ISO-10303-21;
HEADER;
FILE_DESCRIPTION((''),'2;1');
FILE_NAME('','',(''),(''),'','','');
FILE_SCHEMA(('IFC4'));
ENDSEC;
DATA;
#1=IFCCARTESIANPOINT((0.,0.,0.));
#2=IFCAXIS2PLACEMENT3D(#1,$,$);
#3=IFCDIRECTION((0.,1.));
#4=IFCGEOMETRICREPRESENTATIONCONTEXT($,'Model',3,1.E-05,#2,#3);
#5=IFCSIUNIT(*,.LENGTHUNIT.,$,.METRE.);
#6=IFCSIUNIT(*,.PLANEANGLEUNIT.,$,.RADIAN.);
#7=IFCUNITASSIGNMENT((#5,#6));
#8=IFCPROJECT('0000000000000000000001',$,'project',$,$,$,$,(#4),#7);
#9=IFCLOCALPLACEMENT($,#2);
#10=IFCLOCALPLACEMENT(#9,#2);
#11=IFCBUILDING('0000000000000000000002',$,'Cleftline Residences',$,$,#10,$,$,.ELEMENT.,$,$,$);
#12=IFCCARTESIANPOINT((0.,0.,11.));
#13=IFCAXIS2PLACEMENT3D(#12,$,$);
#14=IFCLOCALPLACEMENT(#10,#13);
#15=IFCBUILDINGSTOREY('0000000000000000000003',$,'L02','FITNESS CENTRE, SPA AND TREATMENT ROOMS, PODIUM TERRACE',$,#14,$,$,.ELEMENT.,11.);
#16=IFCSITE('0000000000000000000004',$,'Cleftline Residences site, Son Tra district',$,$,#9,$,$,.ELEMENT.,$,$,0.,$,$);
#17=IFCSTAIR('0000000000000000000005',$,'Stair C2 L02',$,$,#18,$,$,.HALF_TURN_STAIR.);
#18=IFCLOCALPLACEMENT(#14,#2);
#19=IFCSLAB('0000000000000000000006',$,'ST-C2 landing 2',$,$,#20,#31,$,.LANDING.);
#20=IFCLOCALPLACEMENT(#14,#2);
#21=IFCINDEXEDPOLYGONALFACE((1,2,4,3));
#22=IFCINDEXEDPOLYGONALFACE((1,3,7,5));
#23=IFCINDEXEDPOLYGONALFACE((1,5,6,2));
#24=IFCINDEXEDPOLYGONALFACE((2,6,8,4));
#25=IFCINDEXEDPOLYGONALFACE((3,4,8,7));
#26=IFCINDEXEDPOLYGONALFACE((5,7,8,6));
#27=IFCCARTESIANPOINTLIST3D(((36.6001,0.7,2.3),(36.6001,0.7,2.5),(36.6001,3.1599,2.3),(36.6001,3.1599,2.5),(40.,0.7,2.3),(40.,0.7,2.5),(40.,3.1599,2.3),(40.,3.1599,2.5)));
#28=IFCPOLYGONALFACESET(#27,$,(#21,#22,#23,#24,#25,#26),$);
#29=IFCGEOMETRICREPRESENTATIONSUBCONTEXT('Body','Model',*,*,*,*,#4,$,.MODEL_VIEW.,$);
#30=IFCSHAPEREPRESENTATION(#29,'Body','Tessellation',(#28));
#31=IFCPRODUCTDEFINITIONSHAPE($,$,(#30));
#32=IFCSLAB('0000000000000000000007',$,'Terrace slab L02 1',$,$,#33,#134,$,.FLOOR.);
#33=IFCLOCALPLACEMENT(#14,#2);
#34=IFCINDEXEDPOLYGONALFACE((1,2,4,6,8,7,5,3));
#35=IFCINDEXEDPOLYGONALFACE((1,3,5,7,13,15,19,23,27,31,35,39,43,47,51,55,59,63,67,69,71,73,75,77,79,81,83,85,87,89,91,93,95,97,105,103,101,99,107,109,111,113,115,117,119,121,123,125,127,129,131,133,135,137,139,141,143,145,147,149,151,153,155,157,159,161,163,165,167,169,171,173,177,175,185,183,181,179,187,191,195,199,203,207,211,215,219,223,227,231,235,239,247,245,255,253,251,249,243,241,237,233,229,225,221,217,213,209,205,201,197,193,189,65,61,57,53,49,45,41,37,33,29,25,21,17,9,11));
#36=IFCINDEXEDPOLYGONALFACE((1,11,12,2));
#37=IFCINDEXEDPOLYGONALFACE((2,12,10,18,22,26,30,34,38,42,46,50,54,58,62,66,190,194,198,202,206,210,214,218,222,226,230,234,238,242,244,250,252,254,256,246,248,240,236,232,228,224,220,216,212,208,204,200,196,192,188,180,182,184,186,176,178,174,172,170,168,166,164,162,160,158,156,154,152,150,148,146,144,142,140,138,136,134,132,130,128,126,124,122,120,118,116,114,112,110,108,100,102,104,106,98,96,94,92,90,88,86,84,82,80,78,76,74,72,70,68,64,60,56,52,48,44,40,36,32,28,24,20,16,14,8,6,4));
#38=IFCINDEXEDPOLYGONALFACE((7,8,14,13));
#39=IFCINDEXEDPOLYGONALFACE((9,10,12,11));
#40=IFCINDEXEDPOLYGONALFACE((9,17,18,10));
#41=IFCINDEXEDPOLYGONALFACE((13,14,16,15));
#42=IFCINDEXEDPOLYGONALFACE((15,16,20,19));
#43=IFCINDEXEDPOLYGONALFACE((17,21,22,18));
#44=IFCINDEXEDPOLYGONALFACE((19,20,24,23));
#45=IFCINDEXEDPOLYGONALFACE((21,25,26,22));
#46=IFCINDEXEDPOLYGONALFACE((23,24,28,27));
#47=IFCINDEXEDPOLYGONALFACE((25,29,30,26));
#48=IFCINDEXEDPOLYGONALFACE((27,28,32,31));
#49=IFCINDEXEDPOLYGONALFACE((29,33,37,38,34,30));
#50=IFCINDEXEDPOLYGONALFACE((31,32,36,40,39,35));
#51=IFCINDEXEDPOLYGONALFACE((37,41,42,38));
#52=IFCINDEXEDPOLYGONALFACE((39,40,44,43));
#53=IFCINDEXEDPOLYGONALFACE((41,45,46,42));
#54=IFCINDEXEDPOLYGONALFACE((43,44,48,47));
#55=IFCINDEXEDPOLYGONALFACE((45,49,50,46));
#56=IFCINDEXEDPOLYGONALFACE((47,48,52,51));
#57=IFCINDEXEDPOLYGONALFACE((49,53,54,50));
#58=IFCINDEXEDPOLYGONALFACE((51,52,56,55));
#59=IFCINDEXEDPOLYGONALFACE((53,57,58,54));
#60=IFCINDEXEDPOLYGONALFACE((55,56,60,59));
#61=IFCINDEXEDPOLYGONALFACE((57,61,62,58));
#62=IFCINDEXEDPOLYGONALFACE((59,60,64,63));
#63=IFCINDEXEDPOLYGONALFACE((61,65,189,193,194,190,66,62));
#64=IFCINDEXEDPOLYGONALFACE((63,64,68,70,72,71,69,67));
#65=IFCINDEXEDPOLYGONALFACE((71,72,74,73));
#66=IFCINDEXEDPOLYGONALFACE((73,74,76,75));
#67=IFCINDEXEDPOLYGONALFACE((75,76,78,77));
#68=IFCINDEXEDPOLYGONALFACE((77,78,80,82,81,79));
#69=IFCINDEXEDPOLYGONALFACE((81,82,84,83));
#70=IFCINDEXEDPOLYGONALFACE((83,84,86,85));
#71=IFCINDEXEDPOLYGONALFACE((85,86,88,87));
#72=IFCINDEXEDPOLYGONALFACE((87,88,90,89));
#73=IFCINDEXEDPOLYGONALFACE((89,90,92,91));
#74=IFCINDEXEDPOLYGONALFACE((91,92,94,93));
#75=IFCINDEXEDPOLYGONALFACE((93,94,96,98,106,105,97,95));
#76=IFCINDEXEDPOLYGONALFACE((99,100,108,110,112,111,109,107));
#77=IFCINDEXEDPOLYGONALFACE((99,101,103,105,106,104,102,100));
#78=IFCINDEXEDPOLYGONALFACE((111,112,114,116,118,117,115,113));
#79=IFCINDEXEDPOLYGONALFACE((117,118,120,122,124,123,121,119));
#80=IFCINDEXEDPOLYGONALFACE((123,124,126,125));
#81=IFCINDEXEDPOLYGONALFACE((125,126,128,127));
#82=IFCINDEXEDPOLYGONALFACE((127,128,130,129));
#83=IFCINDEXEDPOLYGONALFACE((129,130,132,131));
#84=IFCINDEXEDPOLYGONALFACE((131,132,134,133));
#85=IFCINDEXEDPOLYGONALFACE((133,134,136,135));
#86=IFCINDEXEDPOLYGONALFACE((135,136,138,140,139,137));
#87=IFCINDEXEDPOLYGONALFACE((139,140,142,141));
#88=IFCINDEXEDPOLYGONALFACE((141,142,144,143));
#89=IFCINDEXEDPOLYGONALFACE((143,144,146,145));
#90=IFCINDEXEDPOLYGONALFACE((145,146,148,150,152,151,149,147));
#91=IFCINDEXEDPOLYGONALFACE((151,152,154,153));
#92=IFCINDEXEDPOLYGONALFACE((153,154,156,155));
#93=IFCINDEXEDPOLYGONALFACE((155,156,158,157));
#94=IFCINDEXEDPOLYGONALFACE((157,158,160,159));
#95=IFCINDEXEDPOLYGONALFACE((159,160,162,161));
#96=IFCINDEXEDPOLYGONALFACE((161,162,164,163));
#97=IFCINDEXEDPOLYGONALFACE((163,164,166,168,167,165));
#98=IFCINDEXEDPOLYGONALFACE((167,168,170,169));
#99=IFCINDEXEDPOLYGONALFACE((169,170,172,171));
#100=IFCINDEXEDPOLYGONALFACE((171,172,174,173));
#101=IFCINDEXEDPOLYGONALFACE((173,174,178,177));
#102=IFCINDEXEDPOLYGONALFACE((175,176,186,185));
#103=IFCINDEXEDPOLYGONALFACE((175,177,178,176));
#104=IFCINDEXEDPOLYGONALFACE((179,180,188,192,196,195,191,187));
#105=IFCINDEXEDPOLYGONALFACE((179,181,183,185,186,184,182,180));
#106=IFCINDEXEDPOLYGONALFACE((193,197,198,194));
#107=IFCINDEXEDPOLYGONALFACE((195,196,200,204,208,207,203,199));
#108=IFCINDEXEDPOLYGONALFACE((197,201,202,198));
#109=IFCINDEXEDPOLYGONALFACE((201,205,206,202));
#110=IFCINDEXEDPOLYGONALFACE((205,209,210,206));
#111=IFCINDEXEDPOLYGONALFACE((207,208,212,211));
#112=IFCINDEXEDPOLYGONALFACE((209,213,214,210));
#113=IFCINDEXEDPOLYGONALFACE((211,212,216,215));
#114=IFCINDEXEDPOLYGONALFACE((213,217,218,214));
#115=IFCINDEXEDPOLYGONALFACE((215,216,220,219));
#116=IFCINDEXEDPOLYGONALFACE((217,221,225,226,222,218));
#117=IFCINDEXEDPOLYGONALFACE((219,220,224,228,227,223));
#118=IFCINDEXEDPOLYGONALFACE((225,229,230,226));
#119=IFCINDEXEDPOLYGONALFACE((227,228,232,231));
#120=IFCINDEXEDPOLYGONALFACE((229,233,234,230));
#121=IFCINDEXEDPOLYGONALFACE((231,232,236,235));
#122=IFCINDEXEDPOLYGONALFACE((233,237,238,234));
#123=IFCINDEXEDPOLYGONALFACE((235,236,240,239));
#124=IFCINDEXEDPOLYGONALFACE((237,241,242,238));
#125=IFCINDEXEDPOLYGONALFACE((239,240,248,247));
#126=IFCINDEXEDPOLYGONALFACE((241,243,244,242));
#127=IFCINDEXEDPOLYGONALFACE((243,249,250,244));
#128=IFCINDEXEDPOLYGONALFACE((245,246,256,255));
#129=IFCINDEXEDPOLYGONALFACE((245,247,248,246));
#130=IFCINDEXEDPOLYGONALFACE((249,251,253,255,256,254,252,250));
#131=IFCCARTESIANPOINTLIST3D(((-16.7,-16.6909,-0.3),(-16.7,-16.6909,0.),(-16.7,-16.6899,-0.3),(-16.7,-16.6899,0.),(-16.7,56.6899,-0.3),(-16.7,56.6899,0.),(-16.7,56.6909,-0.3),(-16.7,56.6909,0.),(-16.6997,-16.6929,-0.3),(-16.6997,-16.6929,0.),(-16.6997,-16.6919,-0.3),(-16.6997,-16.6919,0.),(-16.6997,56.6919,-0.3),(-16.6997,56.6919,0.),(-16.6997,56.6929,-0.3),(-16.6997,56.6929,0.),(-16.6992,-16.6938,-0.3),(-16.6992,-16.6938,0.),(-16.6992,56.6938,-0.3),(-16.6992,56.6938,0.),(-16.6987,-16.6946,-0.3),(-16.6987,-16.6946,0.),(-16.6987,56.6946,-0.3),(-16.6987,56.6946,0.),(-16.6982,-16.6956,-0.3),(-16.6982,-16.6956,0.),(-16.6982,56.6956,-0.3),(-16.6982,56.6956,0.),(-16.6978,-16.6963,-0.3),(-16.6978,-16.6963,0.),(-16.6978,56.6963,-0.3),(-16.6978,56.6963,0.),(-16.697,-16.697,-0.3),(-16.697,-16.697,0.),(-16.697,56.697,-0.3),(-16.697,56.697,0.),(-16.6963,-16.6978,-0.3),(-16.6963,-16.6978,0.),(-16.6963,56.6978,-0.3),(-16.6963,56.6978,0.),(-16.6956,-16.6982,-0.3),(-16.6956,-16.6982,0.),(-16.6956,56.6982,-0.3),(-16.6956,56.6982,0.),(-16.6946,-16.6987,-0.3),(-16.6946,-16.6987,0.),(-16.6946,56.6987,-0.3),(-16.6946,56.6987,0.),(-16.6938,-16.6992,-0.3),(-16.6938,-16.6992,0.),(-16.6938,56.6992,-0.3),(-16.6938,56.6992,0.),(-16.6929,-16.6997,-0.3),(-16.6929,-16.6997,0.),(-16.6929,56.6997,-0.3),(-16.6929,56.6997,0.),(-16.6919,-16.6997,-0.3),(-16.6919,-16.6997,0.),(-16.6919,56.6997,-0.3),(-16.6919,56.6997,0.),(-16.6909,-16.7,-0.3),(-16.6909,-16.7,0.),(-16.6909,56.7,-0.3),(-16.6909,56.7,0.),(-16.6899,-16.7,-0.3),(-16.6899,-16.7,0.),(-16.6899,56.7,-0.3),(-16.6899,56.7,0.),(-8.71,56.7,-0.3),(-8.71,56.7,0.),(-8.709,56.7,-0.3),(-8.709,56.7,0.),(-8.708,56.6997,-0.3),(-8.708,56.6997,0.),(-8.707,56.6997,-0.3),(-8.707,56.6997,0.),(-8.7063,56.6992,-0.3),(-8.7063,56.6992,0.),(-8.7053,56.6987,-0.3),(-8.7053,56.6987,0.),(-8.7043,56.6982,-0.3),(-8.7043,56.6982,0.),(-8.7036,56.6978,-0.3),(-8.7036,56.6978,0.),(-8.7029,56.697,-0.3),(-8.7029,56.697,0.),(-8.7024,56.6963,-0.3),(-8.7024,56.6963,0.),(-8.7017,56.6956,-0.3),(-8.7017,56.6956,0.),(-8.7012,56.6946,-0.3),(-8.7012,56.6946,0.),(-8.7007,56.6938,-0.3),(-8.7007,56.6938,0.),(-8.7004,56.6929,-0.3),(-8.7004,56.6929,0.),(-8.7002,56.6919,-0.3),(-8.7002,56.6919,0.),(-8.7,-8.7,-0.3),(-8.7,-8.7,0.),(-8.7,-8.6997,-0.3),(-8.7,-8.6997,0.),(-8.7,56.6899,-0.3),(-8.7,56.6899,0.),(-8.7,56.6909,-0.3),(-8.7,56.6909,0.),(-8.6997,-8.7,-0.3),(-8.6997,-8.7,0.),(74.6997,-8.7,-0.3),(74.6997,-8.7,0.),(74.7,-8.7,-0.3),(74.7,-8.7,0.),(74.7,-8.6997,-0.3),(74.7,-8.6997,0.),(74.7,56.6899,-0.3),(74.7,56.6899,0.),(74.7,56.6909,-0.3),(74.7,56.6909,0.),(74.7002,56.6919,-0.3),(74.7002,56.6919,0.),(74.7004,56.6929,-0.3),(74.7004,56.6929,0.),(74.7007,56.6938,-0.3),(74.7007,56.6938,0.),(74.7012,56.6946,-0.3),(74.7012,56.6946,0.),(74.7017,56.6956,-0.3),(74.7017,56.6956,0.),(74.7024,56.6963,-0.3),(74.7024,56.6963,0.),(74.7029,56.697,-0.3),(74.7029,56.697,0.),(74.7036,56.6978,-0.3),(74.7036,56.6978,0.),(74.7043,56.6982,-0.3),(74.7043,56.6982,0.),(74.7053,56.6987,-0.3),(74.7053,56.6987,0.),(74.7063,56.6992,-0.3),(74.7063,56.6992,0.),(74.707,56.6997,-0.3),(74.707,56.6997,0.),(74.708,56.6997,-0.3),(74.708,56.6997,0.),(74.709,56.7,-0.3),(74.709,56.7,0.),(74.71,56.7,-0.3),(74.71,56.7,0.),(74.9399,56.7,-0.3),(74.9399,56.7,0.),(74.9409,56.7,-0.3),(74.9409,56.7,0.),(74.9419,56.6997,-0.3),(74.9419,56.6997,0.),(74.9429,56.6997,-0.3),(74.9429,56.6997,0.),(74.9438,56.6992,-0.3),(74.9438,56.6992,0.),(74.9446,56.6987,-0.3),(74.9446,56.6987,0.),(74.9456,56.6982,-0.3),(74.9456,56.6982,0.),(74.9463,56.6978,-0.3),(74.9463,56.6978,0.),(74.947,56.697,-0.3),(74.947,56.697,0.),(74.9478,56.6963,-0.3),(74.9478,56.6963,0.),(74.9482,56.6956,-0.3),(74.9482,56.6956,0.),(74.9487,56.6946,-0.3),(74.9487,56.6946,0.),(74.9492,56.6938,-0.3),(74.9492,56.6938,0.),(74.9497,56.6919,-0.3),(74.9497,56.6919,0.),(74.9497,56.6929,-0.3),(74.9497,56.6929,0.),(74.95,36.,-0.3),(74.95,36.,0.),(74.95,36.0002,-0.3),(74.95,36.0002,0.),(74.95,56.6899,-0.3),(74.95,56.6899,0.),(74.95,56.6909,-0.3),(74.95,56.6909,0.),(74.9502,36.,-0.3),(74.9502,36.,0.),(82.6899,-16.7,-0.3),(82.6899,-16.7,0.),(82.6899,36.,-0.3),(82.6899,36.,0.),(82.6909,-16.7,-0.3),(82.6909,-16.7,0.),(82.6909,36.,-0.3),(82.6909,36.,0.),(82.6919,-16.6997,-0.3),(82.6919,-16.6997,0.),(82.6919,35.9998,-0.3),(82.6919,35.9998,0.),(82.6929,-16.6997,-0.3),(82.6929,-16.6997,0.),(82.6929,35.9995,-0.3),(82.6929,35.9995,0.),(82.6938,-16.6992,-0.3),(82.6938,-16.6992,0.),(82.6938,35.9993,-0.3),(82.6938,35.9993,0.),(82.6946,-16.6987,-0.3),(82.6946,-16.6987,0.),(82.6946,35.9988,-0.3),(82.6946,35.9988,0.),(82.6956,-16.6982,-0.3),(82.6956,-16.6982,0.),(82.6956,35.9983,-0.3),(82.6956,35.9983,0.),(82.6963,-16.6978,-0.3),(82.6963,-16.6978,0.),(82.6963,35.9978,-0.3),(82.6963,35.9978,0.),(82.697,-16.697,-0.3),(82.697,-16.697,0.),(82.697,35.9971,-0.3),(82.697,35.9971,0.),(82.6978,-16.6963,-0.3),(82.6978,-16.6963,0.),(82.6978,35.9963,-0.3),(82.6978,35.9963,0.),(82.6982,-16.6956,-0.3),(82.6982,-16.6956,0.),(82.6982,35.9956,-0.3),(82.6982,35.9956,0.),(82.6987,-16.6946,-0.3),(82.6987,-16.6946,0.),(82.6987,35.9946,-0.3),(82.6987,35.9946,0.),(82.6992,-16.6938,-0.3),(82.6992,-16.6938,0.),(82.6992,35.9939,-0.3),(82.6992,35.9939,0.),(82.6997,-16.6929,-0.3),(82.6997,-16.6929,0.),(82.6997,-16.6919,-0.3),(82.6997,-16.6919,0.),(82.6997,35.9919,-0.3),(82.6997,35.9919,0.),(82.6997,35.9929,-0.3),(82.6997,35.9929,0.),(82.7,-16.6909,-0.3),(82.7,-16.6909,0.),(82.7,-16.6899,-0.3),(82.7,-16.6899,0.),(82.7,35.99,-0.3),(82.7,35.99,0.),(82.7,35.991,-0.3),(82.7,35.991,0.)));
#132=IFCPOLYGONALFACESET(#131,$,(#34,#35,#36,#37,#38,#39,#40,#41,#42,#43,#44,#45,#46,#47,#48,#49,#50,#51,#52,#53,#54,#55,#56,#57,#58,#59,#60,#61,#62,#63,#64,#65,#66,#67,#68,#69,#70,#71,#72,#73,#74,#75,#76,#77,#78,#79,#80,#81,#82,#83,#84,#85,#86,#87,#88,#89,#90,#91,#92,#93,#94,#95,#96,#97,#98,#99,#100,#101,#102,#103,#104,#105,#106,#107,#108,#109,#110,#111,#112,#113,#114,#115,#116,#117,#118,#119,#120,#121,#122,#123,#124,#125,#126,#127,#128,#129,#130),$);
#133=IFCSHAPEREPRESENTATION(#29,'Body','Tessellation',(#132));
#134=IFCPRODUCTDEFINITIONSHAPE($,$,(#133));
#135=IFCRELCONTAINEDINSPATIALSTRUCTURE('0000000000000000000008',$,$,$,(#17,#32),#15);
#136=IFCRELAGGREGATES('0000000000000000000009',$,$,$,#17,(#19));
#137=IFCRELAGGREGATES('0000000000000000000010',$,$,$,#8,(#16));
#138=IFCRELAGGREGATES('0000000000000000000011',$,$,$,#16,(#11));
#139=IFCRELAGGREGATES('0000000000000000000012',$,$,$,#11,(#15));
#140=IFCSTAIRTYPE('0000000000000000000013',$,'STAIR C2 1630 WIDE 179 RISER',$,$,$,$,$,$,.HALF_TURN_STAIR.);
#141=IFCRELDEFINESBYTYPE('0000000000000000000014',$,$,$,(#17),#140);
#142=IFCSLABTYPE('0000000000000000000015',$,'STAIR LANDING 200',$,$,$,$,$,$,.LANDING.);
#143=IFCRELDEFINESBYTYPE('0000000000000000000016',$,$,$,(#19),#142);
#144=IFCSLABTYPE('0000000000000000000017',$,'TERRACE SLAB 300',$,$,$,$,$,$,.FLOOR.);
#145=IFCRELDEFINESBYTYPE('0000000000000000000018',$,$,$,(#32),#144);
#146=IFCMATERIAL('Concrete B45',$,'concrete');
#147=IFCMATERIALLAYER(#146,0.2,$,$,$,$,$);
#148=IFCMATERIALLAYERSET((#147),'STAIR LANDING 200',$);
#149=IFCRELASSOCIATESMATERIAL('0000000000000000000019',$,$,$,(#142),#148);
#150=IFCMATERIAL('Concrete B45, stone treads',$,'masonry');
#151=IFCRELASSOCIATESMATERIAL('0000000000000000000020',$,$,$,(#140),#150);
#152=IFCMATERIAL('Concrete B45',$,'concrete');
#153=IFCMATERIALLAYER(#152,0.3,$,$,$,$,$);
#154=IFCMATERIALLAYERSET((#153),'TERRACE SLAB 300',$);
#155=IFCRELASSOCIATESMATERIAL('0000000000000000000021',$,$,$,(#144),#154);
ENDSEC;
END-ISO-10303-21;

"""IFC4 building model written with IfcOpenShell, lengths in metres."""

from ifc_helpers import new_model, si_unit, direction, frame, origin, place, context, subcontext, project, spatial, polyline, outline, extrude, material, layer, layer_set, type_object, element, aggregate, save


model = new_model("IFC4")

# Units and contexts
model_context = context("Model", 3, precision=1e-05, world=origin(), true_north=direction((0.0, 1.0)))
body_context = subcontext(model_context, "Body", "Model", "MODEL_VIEW")
ifc_project = project(units=[si_unit("LENGTHUNIT", "METRE"), si_unit("PLANEANGLEUNIT", "RADIAN")], contexts=[model_context])

# Site, building, storey
site_placement = place(None, origin())
site = spatial("IfcSite", under=ifc_project, at=site_placement, Name="Cleftline Residences site, Son Tra district", CompositionType="ELEMENT", RefElevation=0.0)
building_placement = place(site_placement, origin())
building = spatial("IfcBuilding", under=site, at=building_placement, Name="Cleftline Residences", CompositionType="ELEMENT")
storey_placement = place(building_placement, frame((0.0, 0.0, 11.0)))
storey = spatial("IfcBuildingStorey", under=building, at=storey_placement, Name="L02", Description="FITNESS CENTRE, SPA AND TREATMENT ROOMS, PODIUM TERRACE", CompositionType="ELEMENT", Elevation=11.0)

# Stair, slab
ifc_material_1 = material(Name="Concrete B45", Category="concrete")
ifc_layer_1 = layer(ifc_material_1, 0.2)
ifc_layer_set_1 = layer_set([ifc_layer_1], Name="STAIR LANDING 200")
slab_type_1 = type_object("IfcSlabType", Name="STAIR LANDING 200", PredefinedType="LANDING", material=ifc_layer_set_1)
ifc_material_2 = material(Name="Concrete B45, stone treads", Category="masonry")
stair_type_1 = type_object("IfcStairType", Name="STAIR C2 1630 WIDE 179 RISER", PredefinedType="HALF_TURN_STAIR", material=ifc_material_2)
stair_1_placement = place(storey_placement, origin())
stair_1 = element("IfcStair", 1, at=stair_1_placement, inside=storey, type_object=stair_type_1, Name="Stair C2 L02", PredefinedType="HALF_TURN_STAIR")
slab_1_placement = place(storey_placement, frame((0.0, 0.0, 2.3)))
slab_1 = element("IfcSlab", 2, at=slab_1_placement, type_object=slab_type_1, Name="ST-C2 landing 2", PredefinedType="LANDING", context=body_context, shape_type="SweptSolid", body=[
    extrude(outline(polyline([(36.6001, 0.7), (40.0, 0.7), (40.0, 3.1599), (36.6001, 3.1599), (36.6001, 0.7)])), origin(), (0.0, 0.0, 1.0), 0.2),
])
aggregate(stair_1, [slab_1])

# Slab
ifc_material_3 = material(Name="Concrete B45", Category="concrete")
ifc_layer_2 = layer(ifc_material_3, 0.3)
ifc_layer_set_2 = layer_set([ifc_layer_2], Name="TERRACE SLAB 300")
slab_type_2 = type_object("IfcSlabType", Name="TERRACE SLAB 300", PredefinedType="FLOOR", material=ifc_layer_set_2)
slab_2_placement = place(storey_placement, frame((0.0, 0.0, -0.3)))
element("IfcSlab", 3, at=slab_2_placement, inside=storey, type_object=slab_type_2, Name="Terrace slab L02 1", PredefinedType="FLOOR", context=body_context, shape_type="SweptSolid", body=[
    extrude(outline(polyline([(82.6899, -16.7), (82.6909, -16.7), (82.6919, -16.6997), (82.6929, -16.6997), (82.6938, -16.6992), (82.6946, -16.6987), (82.6956, -16.6982), (82.6963, -16.6978), (82.697, -16.697), (82.6978, -16.6963), (82.6982, -16.6956), (82.6987, -16.6946), (82.6992, -16.6938), (82.6997, -16.6929), (82.6997, -16.6919), (82.7, -16.6909), (82.7, -16.6899), (82.7, 35.99), (82.7, 35.991), (82.6997, 35.9919), (82.6997, 35.9929), (82.6992, 35.9939), (82.6987, 35.9946), (82.6982, 35.9956), (82.6978, 35.9963), (82.697, 35.9971), (82.6963, 35.9978), (82.6956, 35.9983), (82.6946, 35.9988), (82.6938, 35.9993), (82.6929, 35.9995), (82.6919, 35.9998), (82.6909, 36.0), (82.6899, 36.0), (74.9502, 36.0), (74.95, 36.0), (74.95, 36.0002), (74.95, 56.6899), (74.95, 56.6909), (74.9497, 56.6919), (74.9497, 56.6929), (74.9492, 56.6938), (74.9487, 56.6946), (74.9482, 56.6956), (74.9478, 56.6963), (74.947, 56.697), (74.9463, 56.6978), (74.9456, 56.6982), (74.9446, 56.6987), (74.9438, 56.6992), (74.9429, 56.6997), (74.9419, 56.6997), (74.9409, 56.7), (74.9399, 56.7), (74.71, 56.7), (74.709, 56.7), (74.708, 56.6997), (74.707, 56.6997), (74.7063, 56.6992), (74.7053, 56.6987), (74.7043, 56.6982), (74.7036, 56.6978), (74.7029, 56.697), (74.7024, 56.6963), (74.7017, 56.6956), (74.7012, 56.6946), (74.7007, 56.6938), (74.7004, 56.6929), (74.7002, 56.6919), (74.7, 56.6909), (74.7, 56.6899), (74.7, -8.6997), (74.7, -8.7), (74.6997, -8.7), (-8.6997, -8.7), (-8.7, -8.7), (-8.7, -8.6997), (-8.7, 56.6899), (-8.7, 56.6909), (-8.7002, 56.6919), (-8.7004, 56.6929), (-8.7007, 56.6938), (-8.7012, 56.6946), (-8.7017, 56.6956), (-8.7024, 56.6963), (-8.7029, 56.697), (-8.7036, 56.6978), (-8.7043, 56.6982), (-8.7053, 56.6987), (-8.7063, 56.6992), (-8.707, 56.6997), (-8.708, 56.6997), (-8.709, 56.7), (-8.71, 56.7), (-16.6899, 56.7), (-16.6909, 56.7), (-16.6919, 56.6997), (-16.6929, 56.6997), (-16.6938, 56.6992), (-16.6946, 56.6987), (-16.6956, 56.6982), (-16.6963, 56.6978), (-16.697, 56.697), (-16.6978, 56.6963), (-16.6982, 56.6956), (-16.6987, 56.6946), (-16.6992, 56.6938), (-16.6997, 56.6929), (-16.6997, 56.6919), (-16.7, 56.6909), (-16.7, 56.6899), (-16.7, -16.6899), (-16.7, -16.6909), (-16.6997, -16.6919), (-16.6997, -16.6929), (-16.6992, -16.6938), (-16.6987, -16.6946), (-16.6982, -16.6956), (-16.6978, -16.6963), (-16.697, -16.697), (-16.6963, -16.6978), (-16.6956, -16.6982), (-16.6946, -16.6987), (-16.6938, -16.6992), (-16.6929, -16.6997), (-16.6919, -16.6997), (-16.6909, -16.7), (-16.6899, -16.7), (82.6899, -16.7)])), origin(), (0.0, 0.0, 1.0), 0.3),
])

save(model, "model.ifc")
